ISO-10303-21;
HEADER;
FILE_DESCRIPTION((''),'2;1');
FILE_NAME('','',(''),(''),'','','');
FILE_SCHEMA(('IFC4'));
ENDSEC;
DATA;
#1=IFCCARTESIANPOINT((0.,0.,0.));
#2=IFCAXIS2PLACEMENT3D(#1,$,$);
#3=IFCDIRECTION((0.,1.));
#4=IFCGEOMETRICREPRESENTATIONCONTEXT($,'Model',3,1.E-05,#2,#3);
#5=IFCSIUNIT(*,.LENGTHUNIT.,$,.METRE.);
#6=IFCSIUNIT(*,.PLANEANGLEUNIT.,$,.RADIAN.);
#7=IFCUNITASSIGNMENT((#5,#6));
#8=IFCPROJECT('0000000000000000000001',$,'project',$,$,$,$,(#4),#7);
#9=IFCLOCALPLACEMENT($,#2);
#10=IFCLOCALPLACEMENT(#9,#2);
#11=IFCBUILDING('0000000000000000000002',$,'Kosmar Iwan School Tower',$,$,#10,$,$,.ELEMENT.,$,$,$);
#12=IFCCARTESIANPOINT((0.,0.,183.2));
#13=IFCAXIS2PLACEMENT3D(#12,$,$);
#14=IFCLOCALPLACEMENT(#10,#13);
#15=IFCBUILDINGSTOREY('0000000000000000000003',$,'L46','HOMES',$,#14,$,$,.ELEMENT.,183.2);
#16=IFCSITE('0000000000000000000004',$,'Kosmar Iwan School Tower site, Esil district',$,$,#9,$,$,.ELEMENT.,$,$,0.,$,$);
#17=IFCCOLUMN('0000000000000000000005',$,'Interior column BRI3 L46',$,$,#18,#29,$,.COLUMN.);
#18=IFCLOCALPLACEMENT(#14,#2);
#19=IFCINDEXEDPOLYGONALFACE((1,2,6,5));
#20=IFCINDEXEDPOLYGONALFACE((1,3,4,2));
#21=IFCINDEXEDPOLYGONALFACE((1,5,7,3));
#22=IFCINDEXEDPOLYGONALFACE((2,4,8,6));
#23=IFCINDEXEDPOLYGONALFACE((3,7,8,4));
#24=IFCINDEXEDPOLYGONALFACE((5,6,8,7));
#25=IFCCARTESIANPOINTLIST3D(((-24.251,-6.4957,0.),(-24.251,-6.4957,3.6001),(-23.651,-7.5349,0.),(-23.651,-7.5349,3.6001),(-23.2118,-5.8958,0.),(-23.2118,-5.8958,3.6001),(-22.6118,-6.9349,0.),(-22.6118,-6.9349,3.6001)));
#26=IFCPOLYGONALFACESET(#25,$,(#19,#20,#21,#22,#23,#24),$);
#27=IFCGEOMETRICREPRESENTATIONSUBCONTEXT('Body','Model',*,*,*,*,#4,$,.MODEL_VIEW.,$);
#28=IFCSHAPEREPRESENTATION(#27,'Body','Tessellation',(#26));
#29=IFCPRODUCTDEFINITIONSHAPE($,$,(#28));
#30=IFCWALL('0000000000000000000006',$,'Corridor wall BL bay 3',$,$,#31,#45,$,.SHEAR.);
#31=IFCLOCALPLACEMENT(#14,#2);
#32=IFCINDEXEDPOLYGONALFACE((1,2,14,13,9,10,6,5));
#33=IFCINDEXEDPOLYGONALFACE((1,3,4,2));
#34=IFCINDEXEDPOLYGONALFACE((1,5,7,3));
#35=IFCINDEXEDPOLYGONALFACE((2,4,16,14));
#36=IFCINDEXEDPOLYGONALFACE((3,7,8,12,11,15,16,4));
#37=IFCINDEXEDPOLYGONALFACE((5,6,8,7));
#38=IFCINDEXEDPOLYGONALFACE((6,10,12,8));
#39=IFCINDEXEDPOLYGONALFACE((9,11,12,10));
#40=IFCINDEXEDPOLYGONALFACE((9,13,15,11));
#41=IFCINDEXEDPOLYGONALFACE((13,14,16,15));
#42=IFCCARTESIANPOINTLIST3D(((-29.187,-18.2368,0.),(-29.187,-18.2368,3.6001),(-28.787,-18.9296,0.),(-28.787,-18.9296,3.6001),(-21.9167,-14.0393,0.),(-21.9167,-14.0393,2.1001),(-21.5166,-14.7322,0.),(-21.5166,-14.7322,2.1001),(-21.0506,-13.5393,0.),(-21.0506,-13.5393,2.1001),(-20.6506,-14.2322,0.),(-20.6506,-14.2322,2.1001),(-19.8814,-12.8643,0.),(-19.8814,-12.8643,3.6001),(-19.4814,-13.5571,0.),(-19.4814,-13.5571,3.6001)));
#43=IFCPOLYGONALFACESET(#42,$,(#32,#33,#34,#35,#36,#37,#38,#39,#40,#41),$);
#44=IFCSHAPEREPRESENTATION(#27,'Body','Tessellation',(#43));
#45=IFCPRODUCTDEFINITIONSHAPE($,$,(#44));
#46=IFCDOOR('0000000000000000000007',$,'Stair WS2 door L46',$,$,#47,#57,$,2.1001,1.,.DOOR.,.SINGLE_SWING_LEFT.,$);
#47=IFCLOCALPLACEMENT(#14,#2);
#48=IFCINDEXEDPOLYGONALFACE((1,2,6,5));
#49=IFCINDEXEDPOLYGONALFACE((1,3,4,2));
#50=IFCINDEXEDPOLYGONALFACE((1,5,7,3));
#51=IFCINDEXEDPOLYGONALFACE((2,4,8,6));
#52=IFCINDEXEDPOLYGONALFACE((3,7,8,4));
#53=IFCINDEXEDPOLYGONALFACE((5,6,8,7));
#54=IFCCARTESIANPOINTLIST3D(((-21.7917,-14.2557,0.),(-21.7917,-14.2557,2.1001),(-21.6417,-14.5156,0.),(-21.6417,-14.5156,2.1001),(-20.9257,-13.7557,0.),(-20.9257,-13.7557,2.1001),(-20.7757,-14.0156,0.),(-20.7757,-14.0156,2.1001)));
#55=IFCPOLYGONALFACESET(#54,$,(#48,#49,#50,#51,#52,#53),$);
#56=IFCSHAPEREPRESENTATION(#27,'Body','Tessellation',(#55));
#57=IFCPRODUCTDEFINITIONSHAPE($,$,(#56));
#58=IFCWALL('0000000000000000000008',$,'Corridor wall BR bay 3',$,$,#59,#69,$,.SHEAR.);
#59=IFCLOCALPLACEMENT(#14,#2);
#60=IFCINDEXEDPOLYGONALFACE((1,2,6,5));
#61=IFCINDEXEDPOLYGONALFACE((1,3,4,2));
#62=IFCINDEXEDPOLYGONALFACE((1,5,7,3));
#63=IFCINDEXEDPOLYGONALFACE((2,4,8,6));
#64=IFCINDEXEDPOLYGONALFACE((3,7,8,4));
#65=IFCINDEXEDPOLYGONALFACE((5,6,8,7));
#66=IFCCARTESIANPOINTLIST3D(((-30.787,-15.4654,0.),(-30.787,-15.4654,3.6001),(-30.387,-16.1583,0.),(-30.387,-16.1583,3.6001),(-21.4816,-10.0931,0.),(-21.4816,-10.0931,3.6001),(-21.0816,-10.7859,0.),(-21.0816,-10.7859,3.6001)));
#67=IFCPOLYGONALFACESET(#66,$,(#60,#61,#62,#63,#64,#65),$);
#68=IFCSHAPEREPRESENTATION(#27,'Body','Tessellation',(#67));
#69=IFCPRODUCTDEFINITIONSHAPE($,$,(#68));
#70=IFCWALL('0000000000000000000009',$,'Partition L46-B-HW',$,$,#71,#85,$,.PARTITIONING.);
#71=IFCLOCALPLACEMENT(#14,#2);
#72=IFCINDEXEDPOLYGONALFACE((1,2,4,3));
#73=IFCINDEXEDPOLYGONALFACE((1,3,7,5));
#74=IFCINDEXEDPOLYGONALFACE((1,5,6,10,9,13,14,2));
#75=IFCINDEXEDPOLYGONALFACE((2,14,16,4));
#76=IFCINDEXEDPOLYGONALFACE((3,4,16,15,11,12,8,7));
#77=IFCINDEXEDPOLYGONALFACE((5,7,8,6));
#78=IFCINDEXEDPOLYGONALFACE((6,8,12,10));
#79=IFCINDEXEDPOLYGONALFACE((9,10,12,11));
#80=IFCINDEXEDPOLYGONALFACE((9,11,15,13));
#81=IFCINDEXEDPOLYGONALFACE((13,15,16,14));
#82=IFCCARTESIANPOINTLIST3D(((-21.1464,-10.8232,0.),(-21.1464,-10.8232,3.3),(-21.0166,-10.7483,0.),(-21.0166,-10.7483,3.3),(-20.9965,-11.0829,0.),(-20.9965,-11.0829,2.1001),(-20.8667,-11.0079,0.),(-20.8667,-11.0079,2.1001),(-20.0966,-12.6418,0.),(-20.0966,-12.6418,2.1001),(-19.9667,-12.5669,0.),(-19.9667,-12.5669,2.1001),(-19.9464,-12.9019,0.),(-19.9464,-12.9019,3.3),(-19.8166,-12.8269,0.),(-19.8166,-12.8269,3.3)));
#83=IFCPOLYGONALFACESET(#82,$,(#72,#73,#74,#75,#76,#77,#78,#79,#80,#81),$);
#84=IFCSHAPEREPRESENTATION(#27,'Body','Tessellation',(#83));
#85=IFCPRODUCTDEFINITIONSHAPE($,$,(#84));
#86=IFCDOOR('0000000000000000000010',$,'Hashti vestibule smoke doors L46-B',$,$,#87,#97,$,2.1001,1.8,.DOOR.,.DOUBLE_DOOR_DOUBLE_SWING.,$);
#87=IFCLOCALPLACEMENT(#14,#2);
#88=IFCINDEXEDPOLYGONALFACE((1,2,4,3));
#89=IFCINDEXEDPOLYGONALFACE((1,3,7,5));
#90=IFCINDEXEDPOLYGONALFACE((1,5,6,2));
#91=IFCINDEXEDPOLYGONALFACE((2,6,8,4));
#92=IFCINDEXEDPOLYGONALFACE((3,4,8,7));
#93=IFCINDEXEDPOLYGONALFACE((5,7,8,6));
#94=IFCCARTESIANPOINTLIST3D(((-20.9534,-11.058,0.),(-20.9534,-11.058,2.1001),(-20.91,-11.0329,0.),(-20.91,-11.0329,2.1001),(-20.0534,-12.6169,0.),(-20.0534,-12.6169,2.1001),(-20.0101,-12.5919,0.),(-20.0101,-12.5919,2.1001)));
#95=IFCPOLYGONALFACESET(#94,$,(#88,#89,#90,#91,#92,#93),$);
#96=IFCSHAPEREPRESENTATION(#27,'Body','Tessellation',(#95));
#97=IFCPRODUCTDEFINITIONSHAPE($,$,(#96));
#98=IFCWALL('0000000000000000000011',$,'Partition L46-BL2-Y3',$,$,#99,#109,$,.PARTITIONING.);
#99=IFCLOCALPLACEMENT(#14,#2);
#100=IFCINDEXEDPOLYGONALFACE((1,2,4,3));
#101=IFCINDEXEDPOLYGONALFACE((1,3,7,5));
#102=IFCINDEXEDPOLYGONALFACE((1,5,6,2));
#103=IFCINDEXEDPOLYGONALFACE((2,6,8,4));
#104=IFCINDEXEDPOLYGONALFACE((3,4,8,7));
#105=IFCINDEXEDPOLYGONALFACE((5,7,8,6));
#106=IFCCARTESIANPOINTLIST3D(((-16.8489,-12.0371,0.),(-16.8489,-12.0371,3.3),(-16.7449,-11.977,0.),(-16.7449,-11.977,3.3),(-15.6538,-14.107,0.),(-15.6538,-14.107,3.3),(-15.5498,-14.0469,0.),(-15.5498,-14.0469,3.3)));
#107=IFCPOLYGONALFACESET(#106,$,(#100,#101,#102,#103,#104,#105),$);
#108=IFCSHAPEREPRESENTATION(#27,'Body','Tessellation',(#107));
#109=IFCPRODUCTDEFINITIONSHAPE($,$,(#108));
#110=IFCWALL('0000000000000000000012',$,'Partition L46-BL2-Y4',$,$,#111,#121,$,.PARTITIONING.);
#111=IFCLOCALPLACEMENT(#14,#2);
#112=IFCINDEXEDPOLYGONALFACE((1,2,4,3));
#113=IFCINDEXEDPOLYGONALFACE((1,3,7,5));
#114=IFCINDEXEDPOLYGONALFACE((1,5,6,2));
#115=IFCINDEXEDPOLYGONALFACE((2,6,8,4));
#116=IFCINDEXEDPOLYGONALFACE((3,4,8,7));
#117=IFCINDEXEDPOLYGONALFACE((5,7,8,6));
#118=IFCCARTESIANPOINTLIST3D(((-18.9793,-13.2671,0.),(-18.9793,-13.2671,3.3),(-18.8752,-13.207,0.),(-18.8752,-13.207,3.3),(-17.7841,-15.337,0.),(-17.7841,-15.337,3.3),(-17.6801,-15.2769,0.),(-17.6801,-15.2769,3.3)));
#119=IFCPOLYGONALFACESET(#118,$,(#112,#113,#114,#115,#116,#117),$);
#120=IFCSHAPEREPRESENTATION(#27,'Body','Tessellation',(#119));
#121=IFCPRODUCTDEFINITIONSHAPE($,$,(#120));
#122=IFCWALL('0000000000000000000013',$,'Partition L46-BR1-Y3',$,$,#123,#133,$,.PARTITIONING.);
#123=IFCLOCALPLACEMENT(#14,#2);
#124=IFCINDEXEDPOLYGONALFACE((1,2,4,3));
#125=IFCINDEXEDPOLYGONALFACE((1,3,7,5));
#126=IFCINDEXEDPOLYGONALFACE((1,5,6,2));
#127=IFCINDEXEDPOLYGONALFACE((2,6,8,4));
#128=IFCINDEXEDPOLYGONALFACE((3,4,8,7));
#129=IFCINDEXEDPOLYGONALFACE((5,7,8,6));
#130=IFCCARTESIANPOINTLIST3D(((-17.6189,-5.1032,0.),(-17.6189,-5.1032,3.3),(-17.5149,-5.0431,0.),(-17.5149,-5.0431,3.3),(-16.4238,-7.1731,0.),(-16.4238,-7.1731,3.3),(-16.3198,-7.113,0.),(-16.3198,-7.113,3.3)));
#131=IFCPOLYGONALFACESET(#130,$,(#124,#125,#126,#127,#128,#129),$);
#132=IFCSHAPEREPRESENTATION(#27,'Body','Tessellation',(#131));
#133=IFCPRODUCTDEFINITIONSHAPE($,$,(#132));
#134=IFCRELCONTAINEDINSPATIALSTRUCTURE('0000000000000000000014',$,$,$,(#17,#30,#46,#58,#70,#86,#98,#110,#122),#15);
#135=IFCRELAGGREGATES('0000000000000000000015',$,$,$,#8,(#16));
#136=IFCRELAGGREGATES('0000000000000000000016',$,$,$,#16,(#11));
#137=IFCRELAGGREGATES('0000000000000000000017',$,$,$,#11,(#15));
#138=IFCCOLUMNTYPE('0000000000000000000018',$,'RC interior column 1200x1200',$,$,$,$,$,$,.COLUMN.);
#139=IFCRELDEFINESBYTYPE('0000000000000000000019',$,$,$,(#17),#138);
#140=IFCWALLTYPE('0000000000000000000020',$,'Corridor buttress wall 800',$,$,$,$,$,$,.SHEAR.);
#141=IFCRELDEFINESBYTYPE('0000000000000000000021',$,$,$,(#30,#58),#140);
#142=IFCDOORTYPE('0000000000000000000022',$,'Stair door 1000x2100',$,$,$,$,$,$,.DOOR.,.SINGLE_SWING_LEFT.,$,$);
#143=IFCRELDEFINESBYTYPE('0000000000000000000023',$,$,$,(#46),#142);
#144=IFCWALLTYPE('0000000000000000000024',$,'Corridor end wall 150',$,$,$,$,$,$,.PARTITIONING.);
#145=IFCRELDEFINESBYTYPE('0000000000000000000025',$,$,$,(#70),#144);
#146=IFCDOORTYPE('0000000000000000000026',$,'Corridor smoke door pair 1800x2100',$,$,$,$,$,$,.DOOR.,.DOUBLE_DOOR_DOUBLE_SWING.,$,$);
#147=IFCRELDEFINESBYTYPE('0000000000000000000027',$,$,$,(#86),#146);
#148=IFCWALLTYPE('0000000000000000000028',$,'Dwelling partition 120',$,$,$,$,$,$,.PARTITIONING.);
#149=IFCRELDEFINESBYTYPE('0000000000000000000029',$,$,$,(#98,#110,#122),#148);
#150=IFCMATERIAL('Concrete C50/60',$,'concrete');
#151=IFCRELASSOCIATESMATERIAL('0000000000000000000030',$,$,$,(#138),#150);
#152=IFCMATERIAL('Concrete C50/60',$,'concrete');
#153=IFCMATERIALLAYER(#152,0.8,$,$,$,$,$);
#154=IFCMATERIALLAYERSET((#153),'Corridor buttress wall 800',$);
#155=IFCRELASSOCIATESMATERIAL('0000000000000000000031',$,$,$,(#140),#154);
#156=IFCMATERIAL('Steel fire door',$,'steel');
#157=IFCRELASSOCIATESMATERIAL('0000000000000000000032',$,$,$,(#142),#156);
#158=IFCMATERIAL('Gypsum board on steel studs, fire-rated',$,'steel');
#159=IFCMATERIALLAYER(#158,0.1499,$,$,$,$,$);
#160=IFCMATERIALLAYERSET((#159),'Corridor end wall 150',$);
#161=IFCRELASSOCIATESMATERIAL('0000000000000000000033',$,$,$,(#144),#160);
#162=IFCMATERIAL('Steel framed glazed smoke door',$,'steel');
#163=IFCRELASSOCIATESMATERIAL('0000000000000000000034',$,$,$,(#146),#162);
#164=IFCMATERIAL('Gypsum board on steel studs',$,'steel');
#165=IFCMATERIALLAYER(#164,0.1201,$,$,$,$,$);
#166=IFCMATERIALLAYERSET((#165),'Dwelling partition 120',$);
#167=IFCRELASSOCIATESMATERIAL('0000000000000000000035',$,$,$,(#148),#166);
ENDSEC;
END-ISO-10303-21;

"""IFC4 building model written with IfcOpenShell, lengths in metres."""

from ifc_helpers import new_model, si_unit, direction, frame, frame_2d, origin, origin_2d, place, context, subcontext, project, spatial, rectangle, extrude, material, layer, layer_set, material_profile, profile_set, type_object, element, fill, save


model = new_model("IFC4")

# Units and contexts
model_context = context("Model", 3, precision=1e-05, world=origin(), true_north=direction((0.0, 1.0)))
body_context = subcontext(model_context, "Body", "Model", "MODEL_VIEW")
ifc_project = project(units=[si_unit("LENGTHUNIT", "METRE"), si_unit("PLANEANGLEUNIT", "RADIAN")], contexts=[model_context])

# Site, building, storey
site_placement = place(None, origin())
site = spatial("IfcSite", under=ifc_project, at=site_placement, Name="Kosmar Iwan School Tower site, Esil district", CompositionType="ELEMENT", RefElevation=0.0)
building_placement = place(site_placement, origin())
building = spatial("IfcBuilding", under=site, at=building_placement, Name="Kosmar Iwan School Tower", CompositionType="ELEMENT")
storey_placement = place(building_placement, frame((0.0, 0.0, 183.2)))
storey = spatial("IfcBuildingStorey", under=building, at=storey_placement, Name="L46", Description="HOMES", CompositionType="ELEMENT", Elevation=183.2)

# Column
ifc_material_1 = material(Name="Concrete C50/60", Category="concrete")
ifc_material_profile = material_profile(ifc_material_1, rectangle(XDim=1.2, YDim=1.2, at=origin_2d()), Name="RC 1200x1200")
ifc_profile_set = profile_set([ifc_material_profile], Name="Concrete C50/60")
column_type = type_object("IfcColumnType", Name="RC interior column 1200x1200", PredefinedType="COLUMN", material=ifc_profile_set)
column_placement = place(storey_placement, frame((-23.4314, -6.7153, 0.0), z_axis=(0.0, 0.0, 1.0), x_axis=(-0.866025, -0.5, 0.0)))
element("IfcColumn", 1, at=column_placement, inside=storey, type_object=column_type, Name="Interior column BRI3 L46", PredefinedType="COLUMN", context=body_context, shape_type="SweptSolid", body=[
    extrude(rectangle(XDim=1.2, YDim=1.2, at=origin_2d()), origin(), (0.0, 0.0, 1.0), 3.6001),
])

# Wall, opening, door
ifc_material_2 = material(Name="Concrete C50/60", Category="concrete")
ifc_layer_1 = layer(ifc_material_2, 0.8)
ifc_layer_set_1 = layer_set([ifc_layer_1], Name="Corridor buttress wall 800")
wall_type_1 = type_object("IfcWallType", Name="Corridor buttress wall 800", PredefinedType="SHEAR", material=ifc_layer_set_1)
wall_1_placement = place(storey_placement, frame((-19.6814, -13.2107, 0.0), z_axis=(0.0, 0.0, 1.0), x_axis=(-0.866028, -0.499995, 0.0)))
wall_1 = element("IfcWall", 2, at=wall_1_placement, inside=storey, type_object=wall_type_1, Name="Corridor wall BL bay 3", PredefinedType="SHEAR", context=body_context, shape_type="SweptSolid", body=[
    extrude(rectangle(XDim=10.7451, YDim=0.8, at=frame_2d((5.3726, 0.0))), origin(), (0.0, 0.0, 1.0), 3.6001),
])
opening_1_placement = place(wall_1_placement, frame((1.3501, 0.0, 0.0)))
opening_1 = element("IfcOpeningElement", 3, at=opening_1_placement, cuts=wall_1, PredefinedType="OPENING", context=body_context, shape_type="SweptSolid", body=[
    extrude(rectangle(XDim=1.0, YDim=2.1001, at=frame_2d((0.5, 1.05))), frame((0.0, 0.4121, 0.0), z_axis=(0.0, -1.0, 0.0), x_axis=(1.0, 0.0, 0.0)), (0.0, 0.0, 1.0), 0.824),
])
ifc_material_3 = material(Name="Steel fire door", Category="steel")
door_type_1 = type_object("IfcDoorType", Name="Stair door 1000x2100", OperationType="SINGLE_SWING_LEFT", PredefinedType="DOOR", material=ifc_material_3)
door_1_placement = place(opening_1_placement, origin())
door_1 = element("IfcDoor", 4, at=door_1_placement, inside=storey, type_object=door_type_1, Name="Stair WS2 door L46", OperationType="SINGLE_SWING_LEFT", OverallHeight=2.1001, OverallWidth=1.0, PredefinedType="DOOR", context=body_context, shape_type="SweptSolid", body=[
    extrude(rectangle(XDim=1.0, YDim=2.1001, at=frame_2d((0.5, 1.05))), frame((0.0, 0.1499, 0.0), z_axis=(0.0, -1.0, 0.0), x_axis=(1.0, 0.0, 0.0)), (0.0, 0.0, 1.0), 0.3),
])
fill(opening_1, door_1)

# Wall
wall_2_placement = place(storey_placement, frame((-21.2815, -10.4395, 0.0), z_axis=(0.0, 0.0, 1.0), x_axis=(-0.866032, -0.499988, 0.0)))
element("IfcWall", 5, at=wall_2_placement, inside=storey, type_object=wall_type_1, Name="Corridor wall BR bay 3", PredefinedType="SHEAR", context=body_context, shape_type="SweptSolid", body=[
    extrude(rectangle(XDim=10.7449, YDim=0.8, at=frame_2d((5.3726, 0.0))), origin(), (0.0, 0.0, 1.0), 3.6001),
])

# Wall, opening, door
ifc_material_4 = material(Name="Gypsum board on steel studs, fire-rated", Category="steel")
ifc_layer_2 = layer(ifc_material_4, 0.1499)
ifc_layer_set_2 = layer_set([ifc_layer_2], Name="Corridor end wall 150")
wall_type_2 = type_object("IfcWallType", Name="Corridor end wall 150", PredefinedType="PARTITIONING", material=ifc_layer_set_2)
wall_3_placement = place(storey_placement, frame((-21.0815, -10.7856, 0.0), z_axis=(0.0, 0.0, 1.0), x_axis=(0.499957, -0.86605, 0.0)))
wall_3 = element("IfcWall", 6, at=wall_3_placement, inside=storey, type_object=wall_type_2, Name="Partition L46-B-HW", PredefinedType="PARTITIONING", context=body_context, shape_type="SweptSolid", body=[
    extrude(rectangle(XDim=2.4001, YDim=0.1499, at=frame_2d((1.2002, 0.0))), origin(), (0.0, 0.0, 1.0), 3.3),
])
opening_2_placement = place(wall_3_placement, frame((0.3, 0.0, 0.0)))
opening_2 = element("IfcOpeningElement", 7, at=opening_2_placement, cuts=wall_3, PredefinedType="OPENING", context=body_context, shape_type="SweptSolid", body=[
    extrude(rectangle(XDim=1.8, YDim=2.1001, at=frame_2d((0.8999, 1.05))), frame((0.0, 0.0869, 0.0), z_axis=(0.0, -1.0, 0.0), x_axis=(1.0, 0.0, 0.0)), (0.0, 0.0, 1.0), 0.1738),
])
ifc_material_5 = material(Name="Steel framed glazed smoke door", Category="steel")
door_type_2 = type_object("IfcDoorType", Name="Corridor smoke door pair 1800x2100", OperationType="DOUBLE_DOOR_DOUBLE_SWING", PredefinedType="DOOR", material=ifc_material_5)
door_2_placement = place(opening_2_placement, origin())
door_2 = element("IfcDoor", 8, at=door_2_placement, inside=storey, type_object=door_type_2, Name="Hashti vestibule smoke doors L46-B", OperationType="DOUBLE_DOOR_DOUBLE_SWING", OverallHeight=2.1001, OverallWidth=1.8, PredefinedType="DOOR", context=body_context, shape_type="SweptSolid", body=[
    extrude(rectangle(XDim=1.8, YDim=2.1001, at=frame_2d((0.8999, 1.05))), frame((0.0, 0.0249, 0.0), z_axis=(0.0, -1.0, 0.0), x_axis=(1.0, 0.0, 0.0)), (0.0, 0.0, 1.0), 0.05),
])
fill(opening_2, door_2)

# Walls
ifc_material_6 = material(Name="Gypsum board on steel studs", Category="steel")
ifc_layer_3 = layer(ifc_material_6, 0.1201)
ifc_layer_set_3 = layer_set([ifc_layer_3], Name="Dwelling partition 120")
wall_type_3 = type_object("IfcWallType", Name="Dwelling partition 120", PredefinedType="PARTITIONING", material=ifc_layer_set_3)
for number, where, z_axis, x_axis, name in (
    (9, (-16.7969, -12.0071, 0.0), (0.0, 0.0, 1.0), (0.500017, -0.866015, 0.0), "Partition L46-BL2-Y3"),
    (10, (-18.9272, -13.2371, 0.0), (0.0, 0.0, 1.0), (0.500017, -0.866015, 0.0), "Partition L46-BL2-Y4"),
    (11, (-16.3718, -7.1431, 0.0), (0.0, 0.0, 1.0), (-0.500017, 0.866015, 0.0), "Partition L46-BR1-Y3"),
):
    element("IfcWall", number, at=place(storey_placement, frame(where, z_axis=z_axis, x_axis=x_axis)), inside=storey, type_object=wall_type_3, Name=name, PredefinedType="PARTITIONING", context=body_context, shape_type="SweptSolid", body=[
        extrude(rectangle(XDim=2.3901, YDim=0.1201, at=frame_2d((1.1951, 0.0))), origin(), (0.0, 0.0, 1.0), 3.3),
    ])

save(model, "model.ifc")
